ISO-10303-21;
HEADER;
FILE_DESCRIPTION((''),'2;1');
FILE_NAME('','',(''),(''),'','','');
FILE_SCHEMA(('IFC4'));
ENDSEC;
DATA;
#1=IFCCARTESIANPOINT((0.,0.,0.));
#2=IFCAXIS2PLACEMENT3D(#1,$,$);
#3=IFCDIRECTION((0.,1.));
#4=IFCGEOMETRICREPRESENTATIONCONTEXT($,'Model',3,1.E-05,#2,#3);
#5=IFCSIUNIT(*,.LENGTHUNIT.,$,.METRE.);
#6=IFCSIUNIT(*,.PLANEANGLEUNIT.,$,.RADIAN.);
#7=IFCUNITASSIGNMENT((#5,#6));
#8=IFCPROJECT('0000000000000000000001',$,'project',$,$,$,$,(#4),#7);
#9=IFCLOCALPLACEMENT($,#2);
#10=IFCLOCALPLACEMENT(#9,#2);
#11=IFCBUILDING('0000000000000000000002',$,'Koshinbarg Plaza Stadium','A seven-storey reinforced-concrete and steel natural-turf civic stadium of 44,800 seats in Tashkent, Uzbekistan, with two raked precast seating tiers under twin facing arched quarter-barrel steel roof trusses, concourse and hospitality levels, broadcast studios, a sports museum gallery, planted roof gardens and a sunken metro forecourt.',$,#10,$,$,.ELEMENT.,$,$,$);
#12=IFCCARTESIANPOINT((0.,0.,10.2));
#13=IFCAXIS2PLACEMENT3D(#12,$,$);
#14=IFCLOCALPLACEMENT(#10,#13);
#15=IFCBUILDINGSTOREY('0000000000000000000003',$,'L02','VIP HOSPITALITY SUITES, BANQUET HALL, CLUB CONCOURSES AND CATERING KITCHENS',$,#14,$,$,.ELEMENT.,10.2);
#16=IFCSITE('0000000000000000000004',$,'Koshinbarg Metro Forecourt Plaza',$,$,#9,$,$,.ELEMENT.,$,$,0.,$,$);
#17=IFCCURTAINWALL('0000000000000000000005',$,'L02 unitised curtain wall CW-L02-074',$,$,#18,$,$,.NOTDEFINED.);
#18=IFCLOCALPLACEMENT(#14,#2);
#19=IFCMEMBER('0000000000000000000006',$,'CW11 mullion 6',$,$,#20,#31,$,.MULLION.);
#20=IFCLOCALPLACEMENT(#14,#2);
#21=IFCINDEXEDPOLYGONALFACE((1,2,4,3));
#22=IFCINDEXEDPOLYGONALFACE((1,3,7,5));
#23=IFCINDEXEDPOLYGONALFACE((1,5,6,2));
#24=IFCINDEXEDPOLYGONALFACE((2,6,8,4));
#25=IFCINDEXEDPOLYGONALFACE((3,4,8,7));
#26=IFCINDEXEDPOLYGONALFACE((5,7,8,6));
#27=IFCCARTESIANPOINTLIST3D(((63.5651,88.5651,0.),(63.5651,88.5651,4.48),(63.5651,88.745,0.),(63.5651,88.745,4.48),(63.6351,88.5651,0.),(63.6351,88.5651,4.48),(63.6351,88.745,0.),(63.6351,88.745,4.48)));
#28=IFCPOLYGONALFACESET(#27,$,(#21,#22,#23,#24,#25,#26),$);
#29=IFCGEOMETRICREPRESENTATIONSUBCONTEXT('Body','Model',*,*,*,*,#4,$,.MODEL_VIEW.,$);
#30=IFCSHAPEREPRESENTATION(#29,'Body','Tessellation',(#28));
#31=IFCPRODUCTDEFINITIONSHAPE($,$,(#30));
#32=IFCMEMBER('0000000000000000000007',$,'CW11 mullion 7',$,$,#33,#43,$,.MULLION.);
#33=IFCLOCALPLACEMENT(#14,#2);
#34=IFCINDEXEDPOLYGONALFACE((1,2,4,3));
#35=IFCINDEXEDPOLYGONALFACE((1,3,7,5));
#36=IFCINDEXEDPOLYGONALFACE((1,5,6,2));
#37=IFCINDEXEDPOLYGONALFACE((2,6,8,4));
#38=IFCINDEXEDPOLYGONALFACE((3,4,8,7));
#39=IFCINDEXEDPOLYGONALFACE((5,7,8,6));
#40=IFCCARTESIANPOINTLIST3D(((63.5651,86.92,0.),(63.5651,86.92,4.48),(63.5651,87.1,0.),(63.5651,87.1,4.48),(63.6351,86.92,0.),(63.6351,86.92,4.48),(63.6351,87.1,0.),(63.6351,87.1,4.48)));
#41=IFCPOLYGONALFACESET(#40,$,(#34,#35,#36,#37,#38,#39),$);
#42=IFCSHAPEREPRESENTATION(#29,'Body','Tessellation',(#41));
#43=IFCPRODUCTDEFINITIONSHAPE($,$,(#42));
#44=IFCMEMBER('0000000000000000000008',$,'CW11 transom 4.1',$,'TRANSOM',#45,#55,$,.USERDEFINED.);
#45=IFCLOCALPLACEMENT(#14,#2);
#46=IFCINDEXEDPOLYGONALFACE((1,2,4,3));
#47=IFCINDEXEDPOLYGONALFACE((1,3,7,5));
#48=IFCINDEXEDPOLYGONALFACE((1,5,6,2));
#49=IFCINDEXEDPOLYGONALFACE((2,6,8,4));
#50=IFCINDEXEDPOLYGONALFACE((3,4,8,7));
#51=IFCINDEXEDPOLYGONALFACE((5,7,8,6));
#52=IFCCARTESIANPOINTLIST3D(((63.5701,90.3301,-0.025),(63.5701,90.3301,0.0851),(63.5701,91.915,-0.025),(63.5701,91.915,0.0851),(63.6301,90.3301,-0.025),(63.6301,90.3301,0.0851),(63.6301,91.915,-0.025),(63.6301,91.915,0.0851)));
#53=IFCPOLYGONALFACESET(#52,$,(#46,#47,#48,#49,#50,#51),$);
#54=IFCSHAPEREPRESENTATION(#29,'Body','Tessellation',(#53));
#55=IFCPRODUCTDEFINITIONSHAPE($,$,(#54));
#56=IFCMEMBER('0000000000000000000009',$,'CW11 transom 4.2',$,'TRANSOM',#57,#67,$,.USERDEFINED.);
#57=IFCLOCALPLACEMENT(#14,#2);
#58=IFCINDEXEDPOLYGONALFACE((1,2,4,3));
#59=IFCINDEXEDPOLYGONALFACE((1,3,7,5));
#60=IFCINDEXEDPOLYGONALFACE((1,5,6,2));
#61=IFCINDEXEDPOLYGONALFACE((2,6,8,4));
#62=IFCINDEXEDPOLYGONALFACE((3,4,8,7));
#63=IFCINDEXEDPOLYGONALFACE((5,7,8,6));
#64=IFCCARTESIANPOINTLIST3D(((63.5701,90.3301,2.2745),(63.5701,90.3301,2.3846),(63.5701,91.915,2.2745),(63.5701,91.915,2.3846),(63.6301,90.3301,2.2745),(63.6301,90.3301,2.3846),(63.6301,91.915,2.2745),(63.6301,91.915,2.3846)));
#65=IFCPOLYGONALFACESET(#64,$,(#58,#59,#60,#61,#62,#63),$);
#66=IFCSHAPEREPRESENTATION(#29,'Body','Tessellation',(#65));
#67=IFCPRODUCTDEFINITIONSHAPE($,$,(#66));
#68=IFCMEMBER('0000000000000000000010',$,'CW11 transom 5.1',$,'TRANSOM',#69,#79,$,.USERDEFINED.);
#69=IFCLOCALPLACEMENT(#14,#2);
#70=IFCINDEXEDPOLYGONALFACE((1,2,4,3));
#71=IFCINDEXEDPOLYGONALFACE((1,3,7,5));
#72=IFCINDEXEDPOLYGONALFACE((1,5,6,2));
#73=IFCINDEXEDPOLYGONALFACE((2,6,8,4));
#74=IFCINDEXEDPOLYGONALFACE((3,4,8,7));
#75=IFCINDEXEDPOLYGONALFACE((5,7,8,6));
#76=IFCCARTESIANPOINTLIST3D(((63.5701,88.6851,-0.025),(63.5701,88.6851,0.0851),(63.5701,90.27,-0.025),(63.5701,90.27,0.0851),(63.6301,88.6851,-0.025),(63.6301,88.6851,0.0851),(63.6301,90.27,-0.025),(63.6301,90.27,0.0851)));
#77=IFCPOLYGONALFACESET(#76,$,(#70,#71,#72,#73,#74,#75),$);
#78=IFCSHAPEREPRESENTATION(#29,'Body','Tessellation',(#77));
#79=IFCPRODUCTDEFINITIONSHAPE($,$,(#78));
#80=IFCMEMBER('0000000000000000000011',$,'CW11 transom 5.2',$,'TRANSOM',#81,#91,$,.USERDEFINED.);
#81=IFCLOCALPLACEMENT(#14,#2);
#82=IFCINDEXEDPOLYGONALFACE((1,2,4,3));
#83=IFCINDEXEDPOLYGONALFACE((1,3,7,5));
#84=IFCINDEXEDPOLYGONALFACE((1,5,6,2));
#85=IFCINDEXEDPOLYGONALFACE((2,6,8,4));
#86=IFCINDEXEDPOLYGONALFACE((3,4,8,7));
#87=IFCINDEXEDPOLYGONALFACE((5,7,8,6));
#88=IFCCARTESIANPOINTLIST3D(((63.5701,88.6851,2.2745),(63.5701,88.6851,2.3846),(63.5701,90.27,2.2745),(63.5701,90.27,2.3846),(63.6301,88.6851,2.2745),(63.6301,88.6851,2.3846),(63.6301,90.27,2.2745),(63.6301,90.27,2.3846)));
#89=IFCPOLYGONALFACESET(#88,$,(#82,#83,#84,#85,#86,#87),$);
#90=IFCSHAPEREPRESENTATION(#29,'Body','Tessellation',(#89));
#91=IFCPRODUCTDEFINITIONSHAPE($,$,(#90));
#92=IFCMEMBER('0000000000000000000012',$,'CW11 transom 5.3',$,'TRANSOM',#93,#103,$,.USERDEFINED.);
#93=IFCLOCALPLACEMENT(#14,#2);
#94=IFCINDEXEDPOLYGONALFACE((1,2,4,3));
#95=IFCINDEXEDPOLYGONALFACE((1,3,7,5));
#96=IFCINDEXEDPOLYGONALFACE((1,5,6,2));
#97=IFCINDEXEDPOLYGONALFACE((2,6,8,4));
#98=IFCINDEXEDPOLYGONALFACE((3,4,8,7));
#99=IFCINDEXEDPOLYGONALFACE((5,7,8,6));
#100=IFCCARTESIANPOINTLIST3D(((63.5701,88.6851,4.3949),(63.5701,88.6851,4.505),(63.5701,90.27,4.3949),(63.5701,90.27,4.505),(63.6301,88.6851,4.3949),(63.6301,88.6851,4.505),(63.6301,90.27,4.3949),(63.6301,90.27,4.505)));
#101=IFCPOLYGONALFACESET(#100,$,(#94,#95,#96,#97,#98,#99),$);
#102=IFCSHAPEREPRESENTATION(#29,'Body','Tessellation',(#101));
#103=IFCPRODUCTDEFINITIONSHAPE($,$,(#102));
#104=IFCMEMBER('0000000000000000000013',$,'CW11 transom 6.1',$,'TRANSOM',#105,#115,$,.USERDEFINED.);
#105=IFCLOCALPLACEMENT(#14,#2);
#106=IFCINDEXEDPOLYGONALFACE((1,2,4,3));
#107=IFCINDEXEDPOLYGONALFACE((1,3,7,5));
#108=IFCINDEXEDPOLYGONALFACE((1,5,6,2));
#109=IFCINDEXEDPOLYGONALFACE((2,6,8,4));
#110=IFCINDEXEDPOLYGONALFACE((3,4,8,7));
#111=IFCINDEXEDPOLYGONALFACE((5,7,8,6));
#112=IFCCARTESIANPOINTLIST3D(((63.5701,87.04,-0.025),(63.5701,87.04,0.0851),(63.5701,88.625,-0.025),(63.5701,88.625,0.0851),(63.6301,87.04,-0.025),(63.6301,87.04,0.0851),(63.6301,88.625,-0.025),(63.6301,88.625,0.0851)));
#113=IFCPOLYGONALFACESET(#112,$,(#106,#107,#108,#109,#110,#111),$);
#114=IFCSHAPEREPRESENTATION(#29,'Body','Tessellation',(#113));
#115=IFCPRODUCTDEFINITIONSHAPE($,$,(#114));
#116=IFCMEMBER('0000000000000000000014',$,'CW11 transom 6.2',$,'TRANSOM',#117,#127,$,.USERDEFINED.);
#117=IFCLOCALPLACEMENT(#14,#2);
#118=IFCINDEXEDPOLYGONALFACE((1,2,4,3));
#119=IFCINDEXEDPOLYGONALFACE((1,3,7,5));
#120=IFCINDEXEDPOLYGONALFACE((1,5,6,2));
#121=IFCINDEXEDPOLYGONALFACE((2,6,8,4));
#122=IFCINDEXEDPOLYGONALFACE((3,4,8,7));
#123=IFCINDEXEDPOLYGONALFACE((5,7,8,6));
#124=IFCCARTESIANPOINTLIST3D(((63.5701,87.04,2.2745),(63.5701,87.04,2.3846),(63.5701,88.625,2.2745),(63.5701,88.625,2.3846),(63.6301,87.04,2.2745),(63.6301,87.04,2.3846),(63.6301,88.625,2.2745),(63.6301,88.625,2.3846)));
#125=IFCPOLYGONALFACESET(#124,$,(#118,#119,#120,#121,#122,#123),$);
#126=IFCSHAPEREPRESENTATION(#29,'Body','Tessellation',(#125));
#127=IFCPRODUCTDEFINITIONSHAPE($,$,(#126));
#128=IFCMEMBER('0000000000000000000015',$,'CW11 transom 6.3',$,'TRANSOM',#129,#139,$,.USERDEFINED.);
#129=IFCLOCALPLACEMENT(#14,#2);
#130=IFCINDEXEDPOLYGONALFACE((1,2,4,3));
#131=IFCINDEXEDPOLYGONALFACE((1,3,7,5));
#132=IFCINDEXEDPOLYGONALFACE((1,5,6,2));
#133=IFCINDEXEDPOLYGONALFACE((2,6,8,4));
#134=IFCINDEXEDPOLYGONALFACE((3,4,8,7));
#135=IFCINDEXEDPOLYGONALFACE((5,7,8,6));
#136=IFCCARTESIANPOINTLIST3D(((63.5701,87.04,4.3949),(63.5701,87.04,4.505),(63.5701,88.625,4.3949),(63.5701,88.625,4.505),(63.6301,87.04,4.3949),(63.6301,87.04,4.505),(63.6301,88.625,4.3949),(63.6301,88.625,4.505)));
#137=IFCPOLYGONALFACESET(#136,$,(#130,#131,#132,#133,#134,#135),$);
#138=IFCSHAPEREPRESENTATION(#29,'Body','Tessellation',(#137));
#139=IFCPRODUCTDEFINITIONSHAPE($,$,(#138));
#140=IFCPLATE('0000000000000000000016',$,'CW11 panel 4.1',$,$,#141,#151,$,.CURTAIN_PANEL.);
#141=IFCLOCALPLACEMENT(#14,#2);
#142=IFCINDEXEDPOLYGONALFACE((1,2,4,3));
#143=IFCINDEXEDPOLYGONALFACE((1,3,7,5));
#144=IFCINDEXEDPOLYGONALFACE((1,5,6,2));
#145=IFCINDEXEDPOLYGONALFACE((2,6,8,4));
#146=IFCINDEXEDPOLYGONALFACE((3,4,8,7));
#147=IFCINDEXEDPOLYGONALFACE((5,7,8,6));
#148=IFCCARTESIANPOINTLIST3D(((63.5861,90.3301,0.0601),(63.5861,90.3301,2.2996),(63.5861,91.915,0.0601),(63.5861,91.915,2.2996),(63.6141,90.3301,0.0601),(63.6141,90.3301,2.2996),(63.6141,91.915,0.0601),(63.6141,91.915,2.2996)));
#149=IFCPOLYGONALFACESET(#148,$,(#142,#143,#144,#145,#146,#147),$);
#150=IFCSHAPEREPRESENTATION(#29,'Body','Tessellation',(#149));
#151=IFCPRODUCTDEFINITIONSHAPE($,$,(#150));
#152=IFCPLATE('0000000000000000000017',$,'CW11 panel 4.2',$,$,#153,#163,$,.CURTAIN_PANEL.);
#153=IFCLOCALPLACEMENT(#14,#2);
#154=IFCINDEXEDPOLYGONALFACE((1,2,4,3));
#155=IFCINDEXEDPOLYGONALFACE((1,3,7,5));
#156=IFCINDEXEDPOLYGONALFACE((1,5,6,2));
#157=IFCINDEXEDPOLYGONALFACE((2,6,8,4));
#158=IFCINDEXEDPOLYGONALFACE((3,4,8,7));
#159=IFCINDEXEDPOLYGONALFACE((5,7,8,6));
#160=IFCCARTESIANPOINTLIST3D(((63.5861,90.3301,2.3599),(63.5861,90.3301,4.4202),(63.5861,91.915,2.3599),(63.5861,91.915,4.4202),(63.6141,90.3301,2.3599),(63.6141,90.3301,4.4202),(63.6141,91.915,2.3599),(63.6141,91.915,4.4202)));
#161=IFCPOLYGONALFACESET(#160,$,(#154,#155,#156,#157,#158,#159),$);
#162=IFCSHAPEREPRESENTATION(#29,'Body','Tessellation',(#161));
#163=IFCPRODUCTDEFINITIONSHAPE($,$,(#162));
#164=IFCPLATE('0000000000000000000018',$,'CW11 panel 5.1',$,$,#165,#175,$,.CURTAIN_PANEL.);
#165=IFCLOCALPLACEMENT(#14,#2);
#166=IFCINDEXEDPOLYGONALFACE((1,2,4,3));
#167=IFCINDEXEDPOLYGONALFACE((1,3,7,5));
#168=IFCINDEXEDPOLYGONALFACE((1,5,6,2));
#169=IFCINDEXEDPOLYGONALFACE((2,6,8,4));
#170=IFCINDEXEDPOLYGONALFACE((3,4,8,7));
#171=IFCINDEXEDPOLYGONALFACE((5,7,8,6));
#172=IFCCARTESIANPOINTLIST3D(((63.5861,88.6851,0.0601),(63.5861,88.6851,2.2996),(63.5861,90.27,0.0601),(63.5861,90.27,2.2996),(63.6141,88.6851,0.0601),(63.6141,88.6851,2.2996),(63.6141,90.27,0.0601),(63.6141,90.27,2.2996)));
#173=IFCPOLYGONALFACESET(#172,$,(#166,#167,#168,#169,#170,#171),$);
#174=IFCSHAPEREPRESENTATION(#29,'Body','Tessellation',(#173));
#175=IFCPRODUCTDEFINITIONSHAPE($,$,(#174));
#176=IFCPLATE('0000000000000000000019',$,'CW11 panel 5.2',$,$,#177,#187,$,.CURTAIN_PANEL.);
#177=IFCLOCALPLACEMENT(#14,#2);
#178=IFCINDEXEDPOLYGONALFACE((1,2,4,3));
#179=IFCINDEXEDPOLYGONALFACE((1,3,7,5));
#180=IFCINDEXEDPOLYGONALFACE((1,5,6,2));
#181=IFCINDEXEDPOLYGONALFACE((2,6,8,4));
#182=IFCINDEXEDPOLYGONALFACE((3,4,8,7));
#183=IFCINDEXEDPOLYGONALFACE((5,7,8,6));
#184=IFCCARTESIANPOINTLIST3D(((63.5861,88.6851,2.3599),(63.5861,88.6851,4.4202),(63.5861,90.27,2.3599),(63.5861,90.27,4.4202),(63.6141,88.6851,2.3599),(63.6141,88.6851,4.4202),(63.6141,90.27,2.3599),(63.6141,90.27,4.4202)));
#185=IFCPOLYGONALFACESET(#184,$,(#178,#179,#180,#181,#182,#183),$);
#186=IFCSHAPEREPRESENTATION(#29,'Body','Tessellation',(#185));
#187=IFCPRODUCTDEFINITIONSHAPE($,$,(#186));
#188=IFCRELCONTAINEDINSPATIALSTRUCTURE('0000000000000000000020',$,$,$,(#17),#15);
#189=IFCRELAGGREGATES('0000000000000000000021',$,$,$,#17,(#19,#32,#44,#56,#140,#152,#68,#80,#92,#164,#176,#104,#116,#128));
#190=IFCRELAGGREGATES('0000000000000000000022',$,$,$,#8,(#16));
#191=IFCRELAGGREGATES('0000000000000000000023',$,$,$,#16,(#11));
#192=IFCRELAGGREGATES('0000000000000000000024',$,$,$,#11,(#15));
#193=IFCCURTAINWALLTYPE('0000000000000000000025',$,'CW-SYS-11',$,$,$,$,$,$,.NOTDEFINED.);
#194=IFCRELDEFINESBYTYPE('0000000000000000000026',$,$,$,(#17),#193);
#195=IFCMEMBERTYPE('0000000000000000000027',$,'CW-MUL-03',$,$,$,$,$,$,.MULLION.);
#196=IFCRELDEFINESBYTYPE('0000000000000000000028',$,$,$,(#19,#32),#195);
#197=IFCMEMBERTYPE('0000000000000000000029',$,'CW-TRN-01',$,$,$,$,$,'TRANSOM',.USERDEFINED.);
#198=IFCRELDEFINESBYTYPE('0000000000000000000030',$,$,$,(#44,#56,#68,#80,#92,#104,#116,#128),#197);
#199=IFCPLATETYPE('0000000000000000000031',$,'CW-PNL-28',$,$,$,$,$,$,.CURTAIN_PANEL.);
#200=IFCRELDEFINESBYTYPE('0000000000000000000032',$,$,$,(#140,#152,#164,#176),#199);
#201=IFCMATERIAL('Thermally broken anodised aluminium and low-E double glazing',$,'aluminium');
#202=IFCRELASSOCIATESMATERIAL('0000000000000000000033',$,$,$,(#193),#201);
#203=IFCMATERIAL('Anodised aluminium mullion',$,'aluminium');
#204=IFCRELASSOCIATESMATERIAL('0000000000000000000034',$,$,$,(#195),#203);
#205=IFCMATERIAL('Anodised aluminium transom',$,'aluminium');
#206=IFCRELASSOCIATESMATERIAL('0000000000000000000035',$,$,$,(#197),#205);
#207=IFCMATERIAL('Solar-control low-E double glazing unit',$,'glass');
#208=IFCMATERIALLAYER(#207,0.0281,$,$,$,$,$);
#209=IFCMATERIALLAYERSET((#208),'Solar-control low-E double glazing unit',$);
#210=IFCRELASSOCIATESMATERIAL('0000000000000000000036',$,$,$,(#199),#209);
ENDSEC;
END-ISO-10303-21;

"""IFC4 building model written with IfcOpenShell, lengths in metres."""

from ifc_helpers import new_model, si_unit, direction, frame, origin, origin_2d, place, context, subcontext, project, spatial, rectangle, extrude, material, layer, layer_set, material_profile, profile_set, type_object, element, aggregate, save


model = new_model("IFC4")

# Units and contexts
model_context = context("Model", 3, precision=1e-05, world=origin(), true_north=direction((0.0, 1.0)))
body_context = subcontext(model_context, "Body", "Model", "MODEL_VIEW")
ifc_project = project(units=[si_unit("LENGTHUNIT", "METRE"), si_unit("PLANEANGLEUNIT", "RADIAN")], contexts=[model_context])

# Site, building, storey
site_placement = place(None, origin())
site = spatial("IfcSite", under=ifc_project, at=site_placement, Name="Koshinbarg Metro Forecourt Plaza", CompositionType="ELEMENT", RefElevation=0.0)
building_placement = place(site_placement, origin())
building = spatial("IfcBuilding", under=site, at=building_placement, Name="Koshinbarg Plaza Stadium", Description="A seven-storey reinforced-concrete and steel natural-turf civic stadium of 44,800 seats in Tashkent, Uzbekistan, with two raked precast seating tiers under twin facing arched quarter-barrel steel roof trusses, concourse and hospitality levels, broadcast studios, a sports museum gallery, planted roof gardens and a sunken metro forecourt.", CompositionType="ELEMENT")
storey_placement = place(building_placement, frame((0.0, 0.0, 10.2)))
storey = spatial("IfcBuildingStorey", under=building, at=storey_placement, Name="L02", Description="VIP HOSPITALITY SUITES, BANQUET HALL, CLUB CONCOURSES AND CATERING KITCHENS", CompositionType="ELEMENT", Elevation=10.2)

# Curtain wall, members, plates
ifc_material_1 = material(Name="Thermally broken anodised aluminium and low-E double glazing", Category="aluminium")
curtain_wall_type = type_object("IfcCurtainWallType", Name="CW-SYS-11", PredefinedType="NOTDEFINED", material=ifc_material_1)
curtain_wall_placement = place(storey_placement, origin())
curtain_wall = element("IfcCurtainWall", 1, at=curtain_wall_placement, inside=storey, type_object=curtain_wall_type, Name="L02 unitised curtain wall CW-L02-074", PredefinedType="NOTDEFINED")
ifc_material_2 = material(Name="Anodised aluminium mullion", Category="aluminium")
ifc_material_profile_1 = material_profile(ifc_material_2, rectangle(XDim=0.0701, YDim=0.1799, at=origin_2d()), Name="ALU 70x180")
ifc_profile_set_1 = profile_set([ifc_material_profile_1], Name="Anodised aluminium mullion")
member_type_1 = type_object("IfcMemberType", Name="CW-MUL-03", PredefinedType="MULLION", material=ifc_profile_set_1)
member_1_placement = place(storey_placement, frame((63.6001, 88.655, 0.0), z_axis=(0.0, 0.0, 1.0), x_axis=(1.0, 0.0, 0.0)))
member_1 = element("IfcMember", 2, at=member_1_placement, type_object=member_type_1, Name="CW11 mullion 6", PredefinedType="MULLION", context=body_context, shape_type="SweptSolid", body=[
    extrude(rectangle(XDim=0.0701, YDim=0.1799, at=origin_2d()), origin(), (0.0, 0.0, 1.0), 4.48),
])
member_2_placement = place(storey_placement, frame((63.6001, 87.01, 0.0), z_axis=(0.0, 0.0, 1.0), x_axis=(1.0, 0.0, 0.0)))
member_2 = element("IfcMember", 3, at=member_2_placement, type_object=member_type_1, Name="CW11 mullion 7", PredefinedType="MULLION", context=body_context, shape_type="SweptSolid", body=[
    extrude(rectangle(XDim=0.0701, YDim=0.1799, at=origin_2d()), origin(), (0.0, 0.0, 1.0), 4.48),
])
ifc_material_3 = material(Name="Anodised aluminium transom", Category="aluminium")
ifc_material_profile_2 = material_profile(ifc_material_3, rectangle(XDim=0.0601, YDim=0.1101, at=origin_2d()), Name="ALU 60x110")
ifc_profile_set_2 = profile_set([ifc_material_profile_2], Name="Anodised aluminium transom")
member_type_2 = type_object("IfcMemberType", Name="CW-TRN-01", ElementType="TRANSOM", PredefinedType="USERDEFINED", material=ifc_profile_set_2)
member_3_placement = place(storey_placement, frame((63.6001, 91.915, 0.03), z_axis=(0.0, -1.0, 0.0), x_axis=(1.0, 0.0, 0.0)))
member_3 = element("IfcMember", 4, at=member_3_placement, type_object=member_type_2, Name="CW11 transom 4.1", ObjectType="TRANSOM", PredefinedType="USERDEFINED", context=body_context, shape_type="SweptSolid", body=[
    extrude(rectangle(XDim=0.0601, YDim=0.1101, at=origin_2d()), origin(), (0.0, 0.0, 1.0), 1.585),
])
member_4_placement = place(storey_placement, frame((63.6001, 91.915, 2.3296), z_axis=(0.0, -1.0, 0.0), x_axis=(1.0, 0.0, 0.0)))
member_4 = element("IfcMember", 5, at=member_4_placement, type_object=member_type_2, Name="CW11 transom 4.2", ObjectType="TRANSOM", PredefinedType="USERDEFINED", context=body_context, shape_type="SweptSolid", body=[
    extrude(rectangle(XDim=0.0601, YDim=0.1101, at=origin_2d()), origin(), (0.0, 0.0, 1.0), 1.585),
])
member_5_placement = place(storey_placement, frame((63.6001, 90.27, 0.03), z_axis=(0.0, -1.0, 0.0), x_axis=(1.0, 0.0, 0.0)))
member_5 = element("IfcMember", 6, at=member_5_placement, type_object=member_type_2, Name="CW11 transom 5.1", ObjectType="TRANSOM", PredefinedType="USERDEFINED", context=body_context, shape_type="SweptSolid", body=[
    extrude(rectangle(XDim=0.0601, YDim=0.1101, at=origin_2d()), origin(), (0.0, 0.0, 1.0), 1.585),
])
member_6_placement = place(storey_placement, frame((63.6001, 90.27, 2.3296), z_axis=(0.0, -1.0, 0.0), x_axis=(1.0, 0.0, 0.0)))
member_6 = element("IfcMember", 7, at=member_6_placement, type_object=member_type_2, Name="CW11 transom 5.2", ObjectType="TRANSOM", PredefinedType="USERDEFINED", context=body_context, shape_type="SweptSolid", body=[
    extrude(rectangle(XDim=0.0601, YDim=0.1101, at=origin_2d()), origin(), (0.0, 0.0, 1.0), 1.585),
])
member_7_placement = place(storey_placement, frame((63.6001, 90.27, 4.45), z_axis=(0.0, -1.0, 0.0), x_axis=(1.0, 0.0, 0.0)))
member_7 = element("IfcMember", 8, at=member_7_placement, type_object=member_type_2, Name="CW11 transom 5.3", ObjectType="TRANSOM", PredefinedType="USERDEFINED", context=body_context, shape_type="SweptSolid", body=[
    extrude(rectangle(XDim=0.0601, YDim=0.1101, at=origin_2d()), origin(), (0.0, 0.0, 1.0), 1.585),
])
member_8_placement = place(storey_placement, frame((63.6001, 88.625, 0.03), z_axis=(0.0, -1.0, 0.0), x_axis=(1.0, 0.0, 0.0)))
member_8 = element("IfcMember", 9, at=member_8_placement, type_object=member_type_2, Name="CW11 transom 6.1", ObjectType="TRANSOM", PredefinedType="USERDEFINED", context=body_context, shape_type="SweptSolid", body=[
    extrude(rectangle(XDim=0.0601, YDim=0.1101, at=origin_2d()), origin(), (0.0, 0.0, 1.0), 1.585),
])
member_9_placement = place(storey_placement, frame((63.6001, 88.625, 2.3296), z_axis=(0.0, -1.0, 0.0), x_axis=(1.0, 0.0, 0.0)))
member_9 = element("IfcMember", 10, at=member_9_placement, type_object=member_type_2, Name="CW11 transom 6.2", ObjectType="TRANSOM", PredefinedType="USERDEFINED", context=body_context, shape_type="SweptSolid", body=[
    extrude(rectangle(XDim=0.0601, YDim=0.1101, at=origin_2d()), origin(), (0.0, 0.0, 1.0), 1.585),
])
member_10_placement = place(storey_placement, frame((63.6001, 88.625, 4.45), z_axis=(0.0, -1.0, 0.0), x_axis=(1.0, 0.0, 0.0)))
member_10 = element("IfcMember", 11, at=member_10_placement, type_object=member_type_2, Name="CW11 transom 6.3", ObjectType="TRANSOM", PredefinedType="USERDEFINED", context=body_context, shape_type="SweptSolid", body=[
    extrude(rectangle(XDim=0.0601, YDim=0.1101, at=origin_2d()), origin(), (0.0, 0.0, 1.0), 1.585),
])
ifc_material_4 = material(Name="Solar-control low-E double glazing unit", Category="glass")
ifc_layer_1 = layer(ifc_material_4, 0.0281)
ifc_layer_set_1 = layer_set([ifc_layer_1], Name="Solar-control low-E double glazing unit")
plate_type = type_object("IfcPlateType", Name="CW-PNL-28", PredefinedType="CURTAIN_PANEL", material=ifc_layer_set_1)
plate_1_placement = place(storey_placement, frame((63.6001, 91.1226, 0.0601), z_axis=(0.0, 0.0, 1.0), x_axis=(0.0, -1.0, 0.0)))
plate_1 = element("IfcPlate", 12, at=plate_1_placement, type_object=plate_type, Name="CW11 panel 4.1", PredefinedType="CURTAIN_PANEL", context=body_context, shape_type="SweptSolid", body=[
    extrude(rectangle(XDim=1.585, YDim=0.0281, at=origin_2d()), origin(), (0.0, 0.0, 1.0), 2.2395),
])
plate_2_placement = place(storey_placement, frame((63.6001, 91.1226, 2.3599), z_axis=(0.0, 0.0, 1.0), x_axis=(0.0, -1.0, 0.0)))
plate_2 = element("IfcPlate", 13, at=plate_2_placement, type_object=plate_type, Name="CW11 panel 4.2", PredefinedType="CURTAIN_PANEL", context=body_context, shape_type="SweptSolid", body=[
    extrude(rectangle(XDim=1.585, YDim=0.0281, at=origin_2d()), origin(), (0.0, 0.0, 1.0), 2.0603),
])
plate_3_placement = place(storey_placement, frame((63.6001, 89.4775, 0.0601), z_axis=(0.0, 0.0, 1.0), x_axis=(0.0, -1.0, 0.0)))
plate_3 = element("IfcPlate", 14, at=plate_3_placement, type_object=plate_type, Name="CW11 panel 5.1", PredefinedType="CURTAIN_PANEL", context=body_context, shape_type="SweptSolid", body=[
    extrude(rectangle(XDim=1.585, YDim=0.0281, at=origin_2d()), origin(), (0.0, 0.0, 1.0), 2.2395),
])
plate_4_placement = place(storey_placement, frame((63.6001, 89.4775, 2.3599), z_axis=(0.0, 0.0, 1.0), x_axis=(0.0, -1.0, 0.0)))
plate_4 = element("IfcPlate", 15, at=plate_4_placement, type_object=plate_type, Name="CW11 panel 5.2", PredefinedType="CURTAIN_PANEL", context=body_context, shape_type="SweptSolid", body=[
    extrude(rectangle(XDim=1.585, YDim=0.0281, at=origin_2d()), origin(), (0.0, 0.0, 1.0), 2.0603),
])
aggregate(curtain_wall, [member_1, member_2, member_3, member_4, plate_1, plate_2, member_5, member_6, member_7, plate_3, plate_4, member_8, member_9, member_10])

save(model, "model.ifc")
